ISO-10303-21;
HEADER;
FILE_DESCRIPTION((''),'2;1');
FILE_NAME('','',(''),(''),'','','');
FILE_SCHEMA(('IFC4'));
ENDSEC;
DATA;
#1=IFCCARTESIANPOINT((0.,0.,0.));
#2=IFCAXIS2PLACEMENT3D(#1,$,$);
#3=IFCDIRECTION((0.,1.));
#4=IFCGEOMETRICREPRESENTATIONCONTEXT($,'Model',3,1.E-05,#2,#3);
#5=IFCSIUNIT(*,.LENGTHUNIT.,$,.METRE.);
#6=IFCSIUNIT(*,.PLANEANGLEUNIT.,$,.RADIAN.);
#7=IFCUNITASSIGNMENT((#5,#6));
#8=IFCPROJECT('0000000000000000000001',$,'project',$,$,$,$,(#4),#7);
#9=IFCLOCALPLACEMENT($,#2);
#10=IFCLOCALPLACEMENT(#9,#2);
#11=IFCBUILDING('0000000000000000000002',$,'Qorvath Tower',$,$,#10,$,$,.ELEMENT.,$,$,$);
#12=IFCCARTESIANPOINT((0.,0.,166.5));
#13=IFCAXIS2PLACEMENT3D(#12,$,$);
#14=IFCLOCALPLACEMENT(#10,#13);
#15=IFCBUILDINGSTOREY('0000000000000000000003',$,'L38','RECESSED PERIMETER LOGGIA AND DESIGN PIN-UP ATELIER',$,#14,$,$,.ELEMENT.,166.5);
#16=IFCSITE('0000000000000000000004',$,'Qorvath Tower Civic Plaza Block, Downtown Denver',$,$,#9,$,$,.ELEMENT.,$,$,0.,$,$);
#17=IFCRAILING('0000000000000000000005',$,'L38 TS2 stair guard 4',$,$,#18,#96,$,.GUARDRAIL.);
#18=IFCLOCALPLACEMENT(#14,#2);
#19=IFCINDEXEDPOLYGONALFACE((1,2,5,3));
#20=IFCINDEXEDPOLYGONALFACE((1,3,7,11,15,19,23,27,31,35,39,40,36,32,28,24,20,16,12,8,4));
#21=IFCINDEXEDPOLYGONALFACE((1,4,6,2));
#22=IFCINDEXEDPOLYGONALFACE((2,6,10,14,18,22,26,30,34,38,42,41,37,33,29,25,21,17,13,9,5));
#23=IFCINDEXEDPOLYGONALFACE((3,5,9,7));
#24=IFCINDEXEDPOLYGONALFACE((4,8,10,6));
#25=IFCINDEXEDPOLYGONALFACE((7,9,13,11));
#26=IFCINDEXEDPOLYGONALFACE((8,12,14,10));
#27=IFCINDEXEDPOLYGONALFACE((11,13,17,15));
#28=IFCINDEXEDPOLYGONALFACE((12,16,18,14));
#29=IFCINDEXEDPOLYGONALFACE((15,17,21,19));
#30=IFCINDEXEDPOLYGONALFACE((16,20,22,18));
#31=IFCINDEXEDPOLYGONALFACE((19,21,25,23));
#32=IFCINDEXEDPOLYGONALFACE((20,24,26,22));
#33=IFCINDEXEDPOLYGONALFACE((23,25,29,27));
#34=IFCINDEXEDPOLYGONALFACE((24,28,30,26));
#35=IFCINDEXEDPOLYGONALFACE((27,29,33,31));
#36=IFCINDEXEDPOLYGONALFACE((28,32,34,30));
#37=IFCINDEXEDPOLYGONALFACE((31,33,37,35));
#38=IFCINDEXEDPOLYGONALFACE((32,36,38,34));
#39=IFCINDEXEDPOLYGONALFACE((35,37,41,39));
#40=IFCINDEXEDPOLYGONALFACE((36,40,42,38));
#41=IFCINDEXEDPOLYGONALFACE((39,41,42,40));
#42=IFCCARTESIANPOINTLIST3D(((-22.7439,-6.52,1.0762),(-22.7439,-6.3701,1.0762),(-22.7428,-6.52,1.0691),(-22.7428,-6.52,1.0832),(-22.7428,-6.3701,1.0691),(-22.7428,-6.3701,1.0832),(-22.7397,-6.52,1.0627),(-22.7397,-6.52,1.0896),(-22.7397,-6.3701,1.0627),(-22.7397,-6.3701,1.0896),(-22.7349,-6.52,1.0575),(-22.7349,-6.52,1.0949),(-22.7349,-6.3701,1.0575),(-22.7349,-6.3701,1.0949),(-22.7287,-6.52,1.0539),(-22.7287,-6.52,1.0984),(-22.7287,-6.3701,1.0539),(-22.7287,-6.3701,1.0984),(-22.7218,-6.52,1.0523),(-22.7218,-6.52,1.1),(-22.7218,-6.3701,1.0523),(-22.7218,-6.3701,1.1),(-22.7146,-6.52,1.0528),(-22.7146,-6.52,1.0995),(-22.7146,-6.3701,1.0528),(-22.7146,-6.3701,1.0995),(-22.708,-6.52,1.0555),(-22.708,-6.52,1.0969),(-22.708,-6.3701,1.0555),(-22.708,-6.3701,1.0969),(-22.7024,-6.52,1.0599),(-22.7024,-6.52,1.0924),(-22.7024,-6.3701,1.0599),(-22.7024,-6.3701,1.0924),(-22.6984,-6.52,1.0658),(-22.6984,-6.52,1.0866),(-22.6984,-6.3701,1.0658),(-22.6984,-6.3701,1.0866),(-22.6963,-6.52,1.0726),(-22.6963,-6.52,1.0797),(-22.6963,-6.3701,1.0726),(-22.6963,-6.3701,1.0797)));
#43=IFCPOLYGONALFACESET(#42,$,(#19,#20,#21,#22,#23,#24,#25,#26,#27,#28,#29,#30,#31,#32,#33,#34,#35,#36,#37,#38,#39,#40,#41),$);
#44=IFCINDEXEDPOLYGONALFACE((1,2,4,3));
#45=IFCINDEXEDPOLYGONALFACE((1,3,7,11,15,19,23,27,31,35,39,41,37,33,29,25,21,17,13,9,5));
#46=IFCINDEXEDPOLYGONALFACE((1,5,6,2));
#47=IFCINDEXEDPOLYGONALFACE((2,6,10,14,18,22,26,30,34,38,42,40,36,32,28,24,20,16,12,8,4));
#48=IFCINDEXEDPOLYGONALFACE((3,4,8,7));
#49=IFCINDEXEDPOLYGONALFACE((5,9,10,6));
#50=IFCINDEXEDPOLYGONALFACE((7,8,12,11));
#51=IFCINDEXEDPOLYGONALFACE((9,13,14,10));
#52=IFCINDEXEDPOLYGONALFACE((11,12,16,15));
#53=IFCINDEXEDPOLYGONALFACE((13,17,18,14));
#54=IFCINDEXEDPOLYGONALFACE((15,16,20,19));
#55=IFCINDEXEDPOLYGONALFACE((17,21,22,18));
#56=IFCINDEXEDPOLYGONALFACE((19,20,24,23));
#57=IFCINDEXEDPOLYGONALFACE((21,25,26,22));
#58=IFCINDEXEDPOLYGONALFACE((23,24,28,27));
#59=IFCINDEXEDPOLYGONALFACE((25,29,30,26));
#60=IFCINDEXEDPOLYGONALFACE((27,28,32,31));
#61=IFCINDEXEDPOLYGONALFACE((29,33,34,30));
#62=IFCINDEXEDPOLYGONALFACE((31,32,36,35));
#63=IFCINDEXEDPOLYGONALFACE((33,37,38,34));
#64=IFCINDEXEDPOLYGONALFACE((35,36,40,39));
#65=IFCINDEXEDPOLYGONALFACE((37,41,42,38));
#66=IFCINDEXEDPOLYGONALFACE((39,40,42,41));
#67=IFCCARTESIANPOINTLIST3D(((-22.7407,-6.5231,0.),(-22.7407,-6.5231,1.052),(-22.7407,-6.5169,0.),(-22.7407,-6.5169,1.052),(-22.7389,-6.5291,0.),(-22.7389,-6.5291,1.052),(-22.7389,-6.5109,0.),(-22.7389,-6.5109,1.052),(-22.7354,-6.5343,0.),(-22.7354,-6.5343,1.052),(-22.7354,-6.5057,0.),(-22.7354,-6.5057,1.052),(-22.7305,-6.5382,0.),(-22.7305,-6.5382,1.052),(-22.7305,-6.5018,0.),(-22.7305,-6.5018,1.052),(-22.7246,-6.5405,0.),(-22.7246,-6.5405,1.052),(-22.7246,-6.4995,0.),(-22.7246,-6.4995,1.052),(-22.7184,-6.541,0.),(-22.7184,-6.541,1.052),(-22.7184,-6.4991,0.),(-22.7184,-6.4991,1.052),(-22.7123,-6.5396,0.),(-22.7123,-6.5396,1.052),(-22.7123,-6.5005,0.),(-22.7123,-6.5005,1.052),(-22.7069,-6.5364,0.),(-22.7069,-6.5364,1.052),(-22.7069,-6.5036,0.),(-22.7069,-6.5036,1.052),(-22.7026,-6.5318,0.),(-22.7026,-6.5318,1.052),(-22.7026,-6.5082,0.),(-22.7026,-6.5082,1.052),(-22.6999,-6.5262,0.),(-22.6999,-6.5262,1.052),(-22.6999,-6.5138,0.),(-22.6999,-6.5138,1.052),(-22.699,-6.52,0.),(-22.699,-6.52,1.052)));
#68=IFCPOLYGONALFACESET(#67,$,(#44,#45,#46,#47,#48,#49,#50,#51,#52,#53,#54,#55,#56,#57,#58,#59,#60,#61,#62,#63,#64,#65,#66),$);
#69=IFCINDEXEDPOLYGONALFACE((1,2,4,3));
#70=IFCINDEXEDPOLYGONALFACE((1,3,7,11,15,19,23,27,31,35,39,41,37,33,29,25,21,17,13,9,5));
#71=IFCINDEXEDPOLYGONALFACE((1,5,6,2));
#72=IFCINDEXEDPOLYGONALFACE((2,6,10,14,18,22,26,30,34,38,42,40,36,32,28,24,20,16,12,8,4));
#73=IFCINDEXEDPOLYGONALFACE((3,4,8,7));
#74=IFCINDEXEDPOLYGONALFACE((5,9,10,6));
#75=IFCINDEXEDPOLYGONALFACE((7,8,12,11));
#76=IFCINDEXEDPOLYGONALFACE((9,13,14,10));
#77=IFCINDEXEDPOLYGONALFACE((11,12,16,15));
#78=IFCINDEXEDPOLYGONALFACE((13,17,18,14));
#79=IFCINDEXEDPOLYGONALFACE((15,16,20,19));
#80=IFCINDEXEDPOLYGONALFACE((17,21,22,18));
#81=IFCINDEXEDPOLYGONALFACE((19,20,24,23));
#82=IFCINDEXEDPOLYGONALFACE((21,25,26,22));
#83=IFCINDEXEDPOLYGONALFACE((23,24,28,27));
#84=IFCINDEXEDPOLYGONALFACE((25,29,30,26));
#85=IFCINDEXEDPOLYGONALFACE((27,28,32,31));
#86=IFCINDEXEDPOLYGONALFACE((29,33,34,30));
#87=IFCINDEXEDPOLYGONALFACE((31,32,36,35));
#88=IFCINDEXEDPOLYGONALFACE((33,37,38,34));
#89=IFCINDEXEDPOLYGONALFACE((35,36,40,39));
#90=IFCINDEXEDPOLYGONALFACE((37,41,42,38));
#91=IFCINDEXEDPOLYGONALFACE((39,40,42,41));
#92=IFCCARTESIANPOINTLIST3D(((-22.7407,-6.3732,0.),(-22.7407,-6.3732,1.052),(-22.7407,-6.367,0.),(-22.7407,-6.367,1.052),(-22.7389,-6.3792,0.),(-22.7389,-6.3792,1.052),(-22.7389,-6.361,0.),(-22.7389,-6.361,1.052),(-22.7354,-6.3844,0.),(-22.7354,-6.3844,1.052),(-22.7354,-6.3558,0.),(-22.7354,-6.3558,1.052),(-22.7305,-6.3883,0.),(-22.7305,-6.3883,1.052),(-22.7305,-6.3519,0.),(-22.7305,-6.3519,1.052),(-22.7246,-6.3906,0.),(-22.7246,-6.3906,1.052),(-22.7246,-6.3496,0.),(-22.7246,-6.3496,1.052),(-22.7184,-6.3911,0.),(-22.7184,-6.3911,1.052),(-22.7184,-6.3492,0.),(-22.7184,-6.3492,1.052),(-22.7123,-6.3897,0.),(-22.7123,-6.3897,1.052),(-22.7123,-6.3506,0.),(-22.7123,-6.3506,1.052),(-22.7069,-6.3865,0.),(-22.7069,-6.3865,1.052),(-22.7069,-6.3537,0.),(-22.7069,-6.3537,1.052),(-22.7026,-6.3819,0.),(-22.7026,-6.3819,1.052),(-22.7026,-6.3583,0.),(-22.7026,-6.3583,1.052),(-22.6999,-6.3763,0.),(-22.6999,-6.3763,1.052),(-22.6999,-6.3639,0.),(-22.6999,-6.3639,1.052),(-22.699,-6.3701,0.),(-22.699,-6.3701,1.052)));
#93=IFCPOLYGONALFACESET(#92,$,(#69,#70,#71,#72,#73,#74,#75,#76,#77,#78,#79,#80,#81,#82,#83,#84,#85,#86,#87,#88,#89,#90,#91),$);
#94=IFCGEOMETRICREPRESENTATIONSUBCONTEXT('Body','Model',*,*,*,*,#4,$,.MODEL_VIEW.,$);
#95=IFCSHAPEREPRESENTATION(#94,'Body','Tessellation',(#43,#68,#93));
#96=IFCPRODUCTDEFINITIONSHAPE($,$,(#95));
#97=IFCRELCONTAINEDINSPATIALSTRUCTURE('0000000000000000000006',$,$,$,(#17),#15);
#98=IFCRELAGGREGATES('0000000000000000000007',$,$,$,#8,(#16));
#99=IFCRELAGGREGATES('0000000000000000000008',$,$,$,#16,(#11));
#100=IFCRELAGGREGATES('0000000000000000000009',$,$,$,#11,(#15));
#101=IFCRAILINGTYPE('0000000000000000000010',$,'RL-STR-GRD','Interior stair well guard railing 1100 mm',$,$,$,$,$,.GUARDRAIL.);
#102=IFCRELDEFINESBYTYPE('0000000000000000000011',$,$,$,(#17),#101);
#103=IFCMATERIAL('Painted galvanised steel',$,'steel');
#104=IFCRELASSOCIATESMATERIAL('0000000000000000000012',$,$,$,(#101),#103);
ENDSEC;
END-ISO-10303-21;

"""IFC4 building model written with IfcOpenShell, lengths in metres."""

from ifc_helpers import new_model, si_unit, direction, frame, origin, origin_2d, place, context, subcontext, project, spatial, circle, extrude, material, type_object, element, save


model = new_model("IFC4")

# Units and contexts
model_context = context("Model", 3, precision=1e-05, world=origin(), true_north=direction((0.0, 1.0)))
body_context = subcontext(model_context, "Body", "Model", "MODEL_VIEW")
ifc_project = project(units=[si_unit("LENGTHUNIT", "METRE"), si_unit("PLANEANGLEUNIT", "RADIAN")], contexts=[model_context])

# Site, building, storey
site_placement = place(None, origin())
site = spatial("IfcSite", under=ifc_project, at=site_placement, Name="Qorvath Tower Civic Plaza Block, Downtown Denver", CompositionType="ELEMENT", RefElevation=0.0)
building_placement = place(site_placement, origin())
building = spatial("IfcBuilding", under=site, at=building_placement, Name="Qorvath Tower", CompositionType="ELEMENT")
storey_placement = place(building_placement, frame((0.0, 0.0, 166.5)))
storey = spatial("IfcBuildingStorey", under=building, at=storey_placement, Name="L38", Description="RECESSED PERIMETER LOGGIA AND DESIGN PIN-UP ATELIER", CompositionType="ELEMENT", Elevation=166.5)

# Railing
ifc_material_1 = material(Name="Painted galvanised steel", Category="steel")
railing_type_1 = type_object("IfcRailingType", Name="RL-STR-GRD", Description="Interior stair well guard railing 1100 mm", PredefinedType="GUARDRAIL", material=ifc_material_1)
railing_1_placement = place(storey_placement, frame((-22.72, -6.52, 0.0)))
element("IfcRailing", 1, at=railing_1_placement, inside=storey, type_object=railing_type_1, Name="L38 TS2 stair guard 4", PredefinedType="GUARDRAIL", context=body_context, shape_type="SweptSolid", body=[
    extrude(circle(Radius=0.0239, at=origin_2d()), frame((0.0, 0.0, 1.0762), z_axis=(0.0, 1.0, 0.0), x_axis=(-1.0, 0.0, 0.0)), (0.0, 0.0, 1.0), 0.1499),
    extrude(circle(Radius=0.021, at=origin_2d()), origin(), (0.0, 0.0, 1.0), 1.052),
    extrude(circle(Radius=0.021, at=origin_2d()), frame((0.0, 0.1499, 0.0)), (0.0, 0.0, 1.0), 1.052),
])

save(model, "model.ifc")
